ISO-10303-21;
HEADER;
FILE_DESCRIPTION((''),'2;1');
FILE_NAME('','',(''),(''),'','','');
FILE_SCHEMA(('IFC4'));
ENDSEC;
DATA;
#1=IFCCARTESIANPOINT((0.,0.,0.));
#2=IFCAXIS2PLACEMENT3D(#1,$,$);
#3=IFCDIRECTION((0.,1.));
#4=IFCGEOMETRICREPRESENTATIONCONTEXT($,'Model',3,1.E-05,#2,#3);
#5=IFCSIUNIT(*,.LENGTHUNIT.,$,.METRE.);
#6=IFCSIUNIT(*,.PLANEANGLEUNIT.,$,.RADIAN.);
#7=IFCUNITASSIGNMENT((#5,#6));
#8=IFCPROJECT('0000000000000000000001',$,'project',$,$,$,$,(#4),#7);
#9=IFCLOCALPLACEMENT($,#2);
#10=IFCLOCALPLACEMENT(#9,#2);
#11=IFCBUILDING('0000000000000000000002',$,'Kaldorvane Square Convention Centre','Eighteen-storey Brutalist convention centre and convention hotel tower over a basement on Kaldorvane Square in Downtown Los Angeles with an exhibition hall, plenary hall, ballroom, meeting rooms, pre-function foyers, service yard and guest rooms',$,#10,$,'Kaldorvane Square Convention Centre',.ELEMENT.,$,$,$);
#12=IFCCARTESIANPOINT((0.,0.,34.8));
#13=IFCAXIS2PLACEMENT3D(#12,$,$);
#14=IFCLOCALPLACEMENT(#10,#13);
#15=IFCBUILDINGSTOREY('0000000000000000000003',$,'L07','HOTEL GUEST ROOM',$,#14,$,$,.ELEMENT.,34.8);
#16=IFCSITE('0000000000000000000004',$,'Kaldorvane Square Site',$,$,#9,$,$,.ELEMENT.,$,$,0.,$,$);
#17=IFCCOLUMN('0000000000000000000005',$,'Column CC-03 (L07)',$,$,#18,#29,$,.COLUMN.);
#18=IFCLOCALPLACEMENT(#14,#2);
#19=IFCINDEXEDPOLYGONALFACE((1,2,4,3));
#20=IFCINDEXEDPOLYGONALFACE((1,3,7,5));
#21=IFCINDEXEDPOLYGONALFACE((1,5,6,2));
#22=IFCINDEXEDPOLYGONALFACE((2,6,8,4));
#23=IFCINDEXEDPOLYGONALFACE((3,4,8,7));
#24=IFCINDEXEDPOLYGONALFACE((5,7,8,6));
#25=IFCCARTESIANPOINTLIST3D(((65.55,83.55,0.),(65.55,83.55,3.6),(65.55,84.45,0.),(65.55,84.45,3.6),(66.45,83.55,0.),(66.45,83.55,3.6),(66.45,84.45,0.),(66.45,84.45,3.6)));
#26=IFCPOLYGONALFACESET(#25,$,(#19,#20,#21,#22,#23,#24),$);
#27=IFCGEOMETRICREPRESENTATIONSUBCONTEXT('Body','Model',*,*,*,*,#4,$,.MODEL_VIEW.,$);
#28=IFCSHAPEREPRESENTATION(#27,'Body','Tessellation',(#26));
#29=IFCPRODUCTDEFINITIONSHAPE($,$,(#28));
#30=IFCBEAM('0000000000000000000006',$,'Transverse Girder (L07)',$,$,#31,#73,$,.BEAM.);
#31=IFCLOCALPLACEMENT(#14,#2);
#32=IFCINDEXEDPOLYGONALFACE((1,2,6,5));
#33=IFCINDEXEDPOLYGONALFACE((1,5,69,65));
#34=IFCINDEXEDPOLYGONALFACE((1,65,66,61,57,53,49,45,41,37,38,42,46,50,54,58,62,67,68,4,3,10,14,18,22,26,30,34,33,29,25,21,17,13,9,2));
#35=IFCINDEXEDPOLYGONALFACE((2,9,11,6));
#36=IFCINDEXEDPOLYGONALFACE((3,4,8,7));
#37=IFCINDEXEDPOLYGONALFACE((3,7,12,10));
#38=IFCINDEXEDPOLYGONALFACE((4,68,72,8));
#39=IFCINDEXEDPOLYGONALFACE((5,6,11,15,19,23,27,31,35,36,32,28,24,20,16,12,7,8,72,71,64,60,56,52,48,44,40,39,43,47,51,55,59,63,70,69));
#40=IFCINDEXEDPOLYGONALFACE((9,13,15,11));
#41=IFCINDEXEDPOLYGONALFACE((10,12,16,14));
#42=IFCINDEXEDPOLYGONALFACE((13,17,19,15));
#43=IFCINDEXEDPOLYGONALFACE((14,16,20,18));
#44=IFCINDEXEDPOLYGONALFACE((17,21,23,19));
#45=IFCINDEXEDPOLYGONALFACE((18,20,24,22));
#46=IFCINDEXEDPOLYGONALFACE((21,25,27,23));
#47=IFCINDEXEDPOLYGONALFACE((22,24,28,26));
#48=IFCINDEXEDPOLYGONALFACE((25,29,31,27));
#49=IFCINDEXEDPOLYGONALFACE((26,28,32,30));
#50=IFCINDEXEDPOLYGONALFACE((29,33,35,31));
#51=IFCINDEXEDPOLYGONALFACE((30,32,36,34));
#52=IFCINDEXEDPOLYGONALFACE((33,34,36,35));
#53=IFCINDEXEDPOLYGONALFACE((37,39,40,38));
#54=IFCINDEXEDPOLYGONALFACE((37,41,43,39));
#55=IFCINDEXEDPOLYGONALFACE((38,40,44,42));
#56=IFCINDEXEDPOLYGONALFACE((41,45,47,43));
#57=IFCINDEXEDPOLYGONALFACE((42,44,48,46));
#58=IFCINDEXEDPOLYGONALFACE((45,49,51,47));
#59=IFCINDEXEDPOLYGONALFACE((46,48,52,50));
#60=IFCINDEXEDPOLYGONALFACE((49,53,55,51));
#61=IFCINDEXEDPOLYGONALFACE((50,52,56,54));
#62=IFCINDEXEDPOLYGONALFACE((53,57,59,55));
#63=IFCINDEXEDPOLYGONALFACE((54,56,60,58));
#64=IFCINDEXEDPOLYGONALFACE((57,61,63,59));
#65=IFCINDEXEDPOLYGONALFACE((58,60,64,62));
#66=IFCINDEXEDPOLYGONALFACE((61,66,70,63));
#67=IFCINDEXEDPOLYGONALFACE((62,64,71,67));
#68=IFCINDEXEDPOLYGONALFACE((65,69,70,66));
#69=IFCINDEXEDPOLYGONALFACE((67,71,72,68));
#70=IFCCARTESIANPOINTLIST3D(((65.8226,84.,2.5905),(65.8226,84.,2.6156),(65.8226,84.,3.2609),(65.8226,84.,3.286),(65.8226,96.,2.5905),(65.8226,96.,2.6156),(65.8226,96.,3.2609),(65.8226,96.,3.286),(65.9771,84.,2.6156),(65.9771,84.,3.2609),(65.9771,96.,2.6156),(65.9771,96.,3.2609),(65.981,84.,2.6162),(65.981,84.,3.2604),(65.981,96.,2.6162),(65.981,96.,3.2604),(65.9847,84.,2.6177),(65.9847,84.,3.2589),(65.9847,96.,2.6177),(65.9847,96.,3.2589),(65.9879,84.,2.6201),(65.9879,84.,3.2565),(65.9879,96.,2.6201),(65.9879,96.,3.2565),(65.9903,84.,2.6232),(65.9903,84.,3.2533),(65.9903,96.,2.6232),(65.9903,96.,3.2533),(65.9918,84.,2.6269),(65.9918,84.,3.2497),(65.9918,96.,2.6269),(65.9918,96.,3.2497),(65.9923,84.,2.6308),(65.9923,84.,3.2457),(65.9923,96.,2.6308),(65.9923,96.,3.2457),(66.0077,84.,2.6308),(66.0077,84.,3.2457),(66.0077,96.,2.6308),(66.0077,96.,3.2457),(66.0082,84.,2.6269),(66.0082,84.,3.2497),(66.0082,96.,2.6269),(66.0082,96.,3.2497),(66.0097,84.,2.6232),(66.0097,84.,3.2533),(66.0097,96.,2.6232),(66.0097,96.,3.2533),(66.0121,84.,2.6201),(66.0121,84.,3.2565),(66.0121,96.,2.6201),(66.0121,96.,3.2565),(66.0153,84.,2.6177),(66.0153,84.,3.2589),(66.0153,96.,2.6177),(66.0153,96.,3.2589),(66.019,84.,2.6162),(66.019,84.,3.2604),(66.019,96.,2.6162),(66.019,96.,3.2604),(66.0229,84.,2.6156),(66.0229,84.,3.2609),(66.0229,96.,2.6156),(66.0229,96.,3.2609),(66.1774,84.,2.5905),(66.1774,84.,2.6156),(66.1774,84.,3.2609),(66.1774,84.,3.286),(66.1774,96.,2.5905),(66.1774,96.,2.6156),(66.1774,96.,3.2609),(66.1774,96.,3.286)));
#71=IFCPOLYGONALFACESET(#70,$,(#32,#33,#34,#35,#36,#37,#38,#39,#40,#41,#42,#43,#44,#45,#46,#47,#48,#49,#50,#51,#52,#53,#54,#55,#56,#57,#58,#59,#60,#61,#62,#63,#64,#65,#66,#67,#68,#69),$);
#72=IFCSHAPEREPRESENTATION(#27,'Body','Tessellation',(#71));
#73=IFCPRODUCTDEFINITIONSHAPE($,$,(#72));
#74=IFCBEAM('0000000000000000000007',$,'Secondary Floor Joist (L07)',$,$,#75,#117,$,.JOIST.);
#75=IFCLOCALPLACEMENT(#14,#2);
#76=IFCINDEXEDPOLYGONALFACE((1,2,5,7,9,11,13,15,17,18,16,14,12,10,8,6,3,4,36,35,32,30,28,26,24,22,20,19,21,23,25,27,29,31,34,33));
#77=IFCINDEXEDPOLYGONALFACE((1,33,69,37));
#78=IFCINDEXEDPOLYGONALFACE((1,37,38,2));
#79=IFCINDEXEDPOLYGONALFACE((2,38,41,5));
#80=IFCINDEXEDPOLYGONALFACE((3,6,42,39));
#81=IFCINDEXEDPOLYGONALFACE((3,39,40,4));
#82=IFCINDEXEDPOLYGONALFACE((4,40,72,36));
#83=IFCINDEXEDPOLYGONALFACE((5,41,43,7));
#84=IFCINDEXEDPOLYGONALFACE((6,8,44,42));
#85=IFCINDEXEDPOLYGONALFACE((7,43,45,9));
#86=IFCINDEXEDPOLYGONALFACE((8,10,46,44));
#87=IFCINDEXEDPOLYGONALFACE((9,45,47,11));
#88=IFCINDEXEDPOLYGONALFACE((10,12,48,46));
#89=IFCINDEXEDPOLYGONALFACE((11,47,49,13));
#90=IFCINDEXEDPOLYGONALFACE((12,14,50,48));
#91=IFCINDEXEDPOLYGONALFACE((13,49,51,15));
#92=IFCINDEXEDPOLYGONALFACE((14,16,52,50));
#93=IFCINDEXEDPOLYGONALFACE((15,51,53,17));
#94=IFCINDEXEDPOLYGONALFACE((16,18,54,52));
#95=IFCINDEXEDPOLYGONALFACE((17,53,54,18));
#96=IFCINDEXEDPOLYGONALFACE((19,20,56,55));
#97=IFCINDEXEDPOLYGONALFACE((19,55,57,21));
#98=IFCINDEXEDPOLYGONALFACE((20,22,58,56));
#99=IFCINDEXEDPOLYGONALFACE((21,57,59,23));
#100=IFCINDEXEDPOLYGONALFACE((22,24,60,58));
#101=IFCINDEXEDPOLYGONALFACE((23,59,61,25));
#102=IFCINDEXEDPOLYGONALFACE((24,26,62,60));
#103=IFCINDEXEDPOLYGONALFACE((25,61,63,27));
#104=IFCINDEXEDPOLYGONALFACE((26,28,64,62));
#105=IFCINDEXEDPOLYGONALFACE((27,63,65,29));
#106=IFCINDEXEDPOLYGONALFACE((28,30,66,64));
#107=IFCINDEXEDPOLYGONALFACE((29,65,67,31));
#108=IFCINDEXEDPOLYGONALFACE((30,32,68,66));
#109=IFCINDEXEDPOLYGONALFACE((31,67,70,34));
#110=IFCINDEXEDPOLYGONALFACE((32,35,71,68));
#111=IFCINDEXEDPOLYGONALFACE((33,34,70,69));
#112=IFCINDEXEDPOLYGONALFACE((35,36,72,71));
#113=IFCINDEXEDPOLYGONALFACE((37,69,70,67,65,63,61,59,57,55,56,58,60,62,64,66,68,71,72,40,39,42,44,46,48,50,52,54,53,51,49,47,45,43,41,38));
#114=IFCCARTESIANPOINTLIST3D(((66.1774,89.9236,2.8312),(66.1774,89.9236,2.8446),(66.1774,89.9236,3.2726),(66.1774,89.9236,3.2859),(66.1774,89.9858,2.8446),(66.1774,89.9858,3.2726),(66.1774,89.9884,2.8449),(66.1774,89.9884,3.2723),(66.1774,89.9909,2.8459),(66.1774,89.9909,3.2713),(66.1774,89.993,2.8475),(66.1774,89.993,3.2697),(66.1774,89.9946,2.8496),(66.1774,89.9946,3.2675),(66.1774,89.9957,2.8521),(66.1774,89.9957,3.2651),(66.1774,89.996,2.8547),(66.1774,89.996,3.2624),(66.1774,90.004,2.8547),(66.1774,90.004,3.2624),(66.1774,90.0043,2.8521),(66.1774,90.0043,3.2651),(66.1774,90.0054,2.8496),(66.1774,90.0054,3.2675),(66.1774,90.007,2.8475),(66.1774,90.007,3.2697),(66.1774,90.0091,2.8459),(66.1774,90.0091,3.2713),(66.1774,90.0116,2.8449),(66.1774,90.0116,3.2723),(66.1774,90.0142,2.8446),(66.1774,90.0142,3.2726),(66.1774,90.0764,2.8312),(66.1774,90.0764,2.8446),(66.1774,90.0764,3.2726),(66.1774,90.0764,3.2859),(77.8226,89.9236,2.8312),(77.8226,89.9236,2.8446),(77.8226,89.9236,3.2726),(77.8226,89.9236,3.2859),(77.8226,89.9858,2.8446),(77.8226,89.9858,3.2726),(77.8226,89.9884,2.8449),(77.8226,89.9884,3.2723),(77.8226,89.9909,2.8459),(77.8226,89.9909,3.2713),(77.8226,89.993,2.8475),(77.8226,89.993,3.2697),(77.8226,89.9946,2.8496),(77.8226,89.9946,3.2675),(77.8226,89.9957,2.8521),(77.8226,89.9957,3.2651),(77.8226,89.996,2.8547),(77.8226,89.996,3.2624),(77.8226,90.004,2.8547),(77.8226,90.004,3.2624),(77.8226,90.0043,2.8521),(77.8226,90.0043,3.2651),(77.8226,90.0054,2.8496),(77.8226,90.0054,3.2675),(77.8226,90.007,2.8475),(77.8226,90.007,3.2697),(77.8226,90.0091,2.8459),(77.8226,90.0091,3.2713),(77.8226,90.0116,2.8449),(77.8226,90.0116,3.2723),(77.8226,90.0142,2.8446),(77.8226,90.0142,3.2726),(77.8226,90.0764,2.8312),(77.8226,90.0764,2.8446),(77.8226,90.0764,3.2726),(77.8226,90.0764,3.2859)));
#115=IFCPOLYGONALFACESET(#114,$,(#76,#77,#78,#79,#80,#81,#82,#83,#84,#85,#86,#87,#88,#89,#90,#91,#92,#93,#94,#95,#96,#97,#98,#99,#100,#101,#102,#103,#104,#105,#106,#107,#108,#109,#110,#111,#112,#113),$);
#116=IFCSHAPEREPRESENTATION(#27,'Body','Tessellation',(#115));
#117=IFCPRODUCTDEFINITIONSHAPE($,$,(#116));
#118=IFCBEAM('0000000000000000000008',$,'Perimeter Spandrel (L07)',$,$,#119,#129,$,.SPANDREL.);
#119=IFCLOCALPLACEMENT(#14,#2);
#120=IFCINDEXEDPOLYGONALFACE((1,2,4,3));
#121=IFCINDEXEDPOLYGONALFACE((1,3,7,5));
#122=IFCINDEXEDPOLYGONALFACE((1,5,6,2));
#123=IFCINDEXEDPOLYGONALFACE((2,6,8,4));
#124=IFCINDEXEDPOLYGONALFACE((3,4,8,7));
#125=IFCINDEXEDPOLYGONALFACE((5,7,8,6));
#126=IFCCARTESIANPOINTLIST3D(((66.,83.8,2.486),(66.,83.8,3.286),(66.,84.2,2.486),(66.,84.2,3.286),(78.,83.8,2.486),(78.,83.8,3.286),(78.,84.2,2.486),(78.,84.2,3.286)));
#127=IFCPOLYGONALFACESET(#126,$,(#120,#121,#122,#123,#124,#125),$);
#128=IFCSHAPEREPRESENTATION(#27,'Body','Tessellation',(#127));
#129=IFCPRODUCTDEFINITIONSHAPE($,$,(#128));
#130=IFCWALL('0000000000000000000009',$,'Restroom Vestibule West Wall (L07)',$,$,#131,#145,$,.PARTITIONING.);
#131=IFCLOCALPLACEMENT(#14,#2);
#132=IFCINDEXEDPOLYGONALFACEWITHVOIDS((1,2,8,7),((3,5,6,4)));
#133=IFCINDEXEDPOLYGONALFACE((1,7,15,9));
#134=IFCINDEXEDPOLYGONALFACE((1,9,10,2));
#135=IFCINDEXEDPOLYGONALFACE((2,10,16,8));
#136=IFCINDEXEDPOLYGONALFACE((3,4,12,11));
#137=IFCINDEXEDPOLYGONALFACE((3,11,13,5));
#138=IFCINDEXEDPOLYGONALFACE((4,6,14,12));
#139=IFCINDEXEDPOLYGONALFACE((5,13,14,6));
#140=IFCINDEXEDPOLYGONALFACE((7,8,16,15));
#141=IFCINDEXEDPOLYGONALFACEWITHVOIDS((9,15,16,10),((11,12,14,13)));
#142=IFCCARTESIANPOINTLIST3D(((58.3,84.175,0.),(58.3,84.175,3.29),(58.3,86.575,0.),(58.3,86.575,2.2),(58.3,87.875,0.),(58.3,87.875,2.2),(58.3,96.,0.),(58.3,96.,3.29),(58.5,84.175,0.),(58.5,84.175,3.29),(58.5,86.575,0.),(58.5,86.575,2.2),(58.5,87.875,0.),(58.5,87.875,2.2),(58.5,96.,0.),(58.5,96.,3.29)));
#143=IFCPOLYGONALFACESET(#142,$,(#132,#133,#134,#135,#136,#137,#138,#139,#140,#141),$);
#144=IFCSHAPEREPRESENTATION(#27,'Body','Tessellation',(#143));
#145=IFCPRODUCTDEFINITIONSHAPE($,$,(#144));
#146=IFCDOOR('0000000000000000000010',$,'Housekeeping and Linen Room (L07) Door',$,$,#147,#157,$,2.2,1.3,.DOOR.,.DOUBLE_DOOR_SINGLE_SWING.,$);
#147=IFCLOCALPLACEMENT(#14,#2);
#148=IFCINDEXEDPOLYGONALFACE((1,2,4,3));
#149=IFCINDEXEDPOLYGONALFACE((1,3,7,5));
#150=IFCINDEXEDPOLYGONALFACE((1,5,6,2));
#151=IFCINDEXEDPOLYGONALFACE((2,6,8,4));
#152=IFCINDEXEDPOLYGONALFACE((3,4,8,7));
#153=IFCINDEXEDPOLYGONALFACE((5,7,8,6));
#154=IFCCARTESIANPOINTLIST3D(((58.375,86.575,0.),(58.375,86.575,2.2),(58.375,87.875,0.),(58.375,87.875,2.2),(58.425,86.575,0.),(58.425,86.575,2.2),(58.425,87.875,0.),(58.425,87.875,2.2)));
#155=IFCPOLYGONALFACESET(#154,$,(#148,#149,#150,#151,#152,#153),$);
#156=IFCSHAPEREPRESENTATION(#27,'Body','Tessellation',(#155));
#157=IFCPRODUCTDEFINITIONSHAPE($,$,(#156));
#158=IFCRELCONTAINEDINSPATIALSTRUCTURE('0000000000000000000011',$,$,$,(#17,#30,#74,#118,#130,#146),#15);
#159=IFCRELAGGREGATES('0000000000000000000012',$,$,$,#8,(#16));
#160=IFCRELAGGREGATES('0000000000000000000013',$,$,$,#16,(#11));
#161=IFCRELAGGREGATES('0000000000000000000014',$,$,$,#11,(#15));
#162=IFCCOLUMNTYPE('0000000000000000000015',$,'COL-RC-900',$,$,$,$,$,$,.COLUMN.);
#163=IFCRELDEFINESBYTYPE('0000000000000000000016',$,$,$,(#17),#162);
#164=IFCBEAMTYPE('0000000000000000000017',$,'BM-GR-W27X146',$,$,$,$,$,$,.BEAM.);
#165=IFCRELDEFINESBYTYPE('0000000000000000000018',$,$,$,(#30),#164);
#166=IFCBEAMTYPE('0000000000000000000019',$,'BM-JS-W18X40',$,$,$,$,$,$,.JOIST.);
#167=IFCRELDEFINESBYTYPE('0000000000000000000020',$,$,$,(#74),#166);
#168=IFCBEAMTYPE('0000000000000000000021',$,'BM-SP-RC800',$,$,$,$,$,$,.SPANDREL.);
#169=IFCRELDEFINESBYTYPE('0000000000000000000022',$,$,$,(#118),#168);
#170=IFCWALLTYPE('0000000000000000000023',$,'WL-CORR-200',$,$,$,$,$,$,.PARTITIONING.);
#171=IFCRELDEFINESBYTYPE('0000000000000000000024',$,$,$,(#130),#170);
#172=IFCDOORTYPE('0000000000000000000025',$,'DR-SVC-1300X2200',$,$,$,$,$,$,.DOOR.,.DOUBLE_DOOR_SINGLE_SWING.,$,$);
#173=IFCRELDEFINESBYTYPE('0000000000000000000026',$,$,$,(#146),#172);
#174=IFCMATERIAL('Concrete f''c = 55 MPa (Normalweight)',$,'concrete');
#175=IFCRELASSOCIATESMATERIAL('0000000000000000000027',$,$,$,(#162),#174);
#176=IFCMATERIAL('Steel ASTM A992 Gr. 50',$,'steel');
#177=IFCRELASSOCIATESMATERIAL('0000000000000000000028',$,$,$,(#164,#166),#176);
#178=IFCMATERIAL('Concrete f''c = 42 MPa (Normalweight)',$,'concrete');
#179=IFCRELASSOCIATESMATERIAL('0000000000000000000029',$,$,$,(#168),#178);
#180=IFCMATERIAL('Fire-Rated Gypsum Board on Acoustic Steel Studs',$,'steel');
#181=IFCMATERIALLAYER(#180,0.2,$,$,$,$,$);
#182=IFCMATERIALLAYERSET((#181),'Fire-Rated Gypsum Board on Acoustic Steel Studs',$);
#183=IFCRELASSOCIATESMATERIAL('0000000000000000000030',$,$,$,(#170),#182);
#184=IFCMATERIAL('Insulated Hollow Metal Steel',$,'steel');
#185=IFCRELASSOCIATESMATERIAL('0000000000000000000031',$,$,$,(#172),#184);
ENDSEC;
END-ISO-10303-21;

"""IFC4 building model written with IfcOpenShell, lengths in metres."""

from ifc_helpers import new_model, si_unit, direction, frame, frame_2d, origin, origin_2d, place, context, subcontext, project, spatial, rectangle, i_section, extrude, material, layer, layer_set, material_profile, profile_set, type_object, element, fill, save


model = new_model("IFC4")

# Units and contexts
model_context = context("Model", 3, precision=1e-05, world=origin(), true_north=direction((0.0, 1.0)))
body_context = subcontext(model_context, "Body", "Model", "MODEL_VIEW")
ifc_project = project(units=[si_unit("LENGTHUNIT", "METRE"), si_unit("PLANEANGLEUNIT", "RADIAN")], contexts=[model_context])

# Site, building, storey
site_placement = place(None, origin())
site = spatial("IfcSite", under=ifc_project, at=site_placement, Name="Kaldorvane Square Site", CompositionType="ELEMENT", RefElevation=0.0)
building_placement = place(site_placement, origin())
building = spatial("IfcBuilding", under=site, at=building_placement, Name="Kaldorvane Square Convention Centre", Description="Eighteen-storey Brutalist convention centre and convention hotel tower over a basement on Kaldorvane Square in Downtown Los Angeles with an exhibition hall, plenary hall, ballroom, meeting rooms, pre-function foyers, service yard and guest rooms", LongName="Kaldorvane Square Convention Centre", CompositionType="ELEMENT")
storey_placement = place(building_placement, frame((0.0, 0.0, 34.8)))
storey = spatial("IfcBuildingStorey", under=building, at=storey_placement, Name="L07", Description="HOTEL GUEST ROOM", CompositionType="ELEMENT", Elevation=34.8)

# Column
ifc_material_1 = material(Name="Concrete f'c = 55 MPa (Normalweight)", Category="concrete")
ifc_material_profile_1 = material_profile(ifc_material_1, rectangle(XDim=0.9, YDim=0.9, at=origin_2d()), Name="RC900X900")
ifc_profile_set_1 = profile_set([ifc_material_profile_1], Name="Concrete f'c = 55 MPa (Normalweight)")
column_type = type_object("IfcColumnType", Name="COL-RC-900", PredefinedType="COLUMN", material=ifc_profile_set_1)
column_placement = place(storey_placement, frame((66.0, 84.0, 0.0), z_axis=(0.0, 0.0, 1.0), x_axis=(1.0, 0.0, 0.0)))
element("IfcColumn", 1, at=column_placement, inside=storey, type_object=column_type, Name="Column CC-03 (L07)", PredefinedType="COLUMN", context=body_context, shape_type="SweptSolid", body=[
    extrude(rectangle(XDim=0.9, YDim=0.9, at=origin_2d()), origin(), (0.0, 0.0, 1.0), 3.6),
])

# Beams
ifc_material_2 = material(Name="Steel ASTM A992 Gr. 50", Category="steel")
ifc_material_profile_2 = material_profile(ifc_material_2, i_section(OverallWidth=0.3547, OverallDepth=0.6955, WebThickness=0.0154, FlangeThickness=0.0251, FilletRadius=0.0152, at=origin_2d()), Name="W27X146")
ifc_profile_set_2 = profile_set([ifc_material_profile_2], Name="Steel ASTM A992 Gr. 50")
beam_type_1 = type_object("IfcBeamType", Name="BM-GR-W27X146", PredefinedType="BEAM", material=ifc_profile_set_2)
beam_1_placement = place(storey_placement, frame((66.0, 84.0, 2.9383), z_axis=(0.0, 1.0, 0.0), x_axis=(-1.0, 0.0, 0.0)))
element("IfcBeam", 2, at=beam_1_placement, inside=storey, type_object=beam_type_1, Name="Transverse Girder (L07)", PredefinedType="BEAM", context=body_context, shape_type="SweptSolid", body=[
    extrude(i_section(OverallWidth=0.3547, OverallDepth=0.6955, WebThickness=0.0154, FlangeThickness=0.0251, FilletRadius=0.0152, at=origin_2d()), origin(), (0.0, 0.0, 1.0), 12.0),
])
ifc_material_profile_3 = material_profile(ifc_material_2, i_section(OverallWidth=0.1528, OverallDepth=0.4547, WebThickness=0.008, FlangeThickness=0.0133, FilletRadius=0.0102, at=origin_2d()), Name="W18X40")
ifc_profile_set_3 = profile_set([ifc_material_profile_3], Name="Steel ASTM A992 Gr. 50")
beam_type_2 = type_object("IfcBeamType", Name="BM-JS-W18X40", PredefinedType="JOIST", material=ifc_profile_set_3)
beam_2_placement = place(storey_placement, frame((66.1774, 90.0, 3.0586), z_axis=(1.0, 0.0, 0.0), x_axis=(0.0, 1.0, 0.0)))
element("IfcBeam", 3, at=beam_2_placement, inside=storey, type_object=beam_type_2, Name="Secondary Floor Joist (L07)", PredefinedType="JOIST", context=body_context, shape_type="SweptSolid", body=[
    extrude(i_section(OverallWidth=0.1528, OverallDepth=0.4547, WebThickness=0.008, FlangeThickness=0.0133, FilletRadius=0.0102, at=origin_2d()), origin(), (0.0, 0.0, 1.0), 11.6452),
])
ifc_material_3 = material(Name="Concrete f'c = 42 MPa (Normalweight)", Category="concrete")
ifc_material_profile_4 = material_profile(ifc_material_3, rectangle(XDim=0.4, YDim=0.8, at=origin_2d()), Name="RCSP800X400")
ifc_profile_set_4 = profile_set([ifc_material_profile_4], Name="Concrete f'c = 42 MPa (Normalweight)")
beam_type_3 = type_object("IfcBeamType", Name="BM-SP-RC800", PredefinedType="SPANDREL", material=ifc_profile_set_4)
beam_3_placement = place(storey_placement, frame((66.0, 84.0, 2.886), z_axis=(1.0, 0.0, 0.0), x_axis=(0.0, 1.0, 0.0)))
element("IfcBeam", 4, at=beam_3_placement, inside=storey, type_object=beam_type_3, Name="Perimeter Spandrel (L07)", PredefinedType="SPANDREL", context=body_context, shape_type="SweptSolid", body=[
    extrude(rectangle(XDim=0.4, YDim=0.8, at=origin_2d()), origin(), (0.0, 0.0, 1.0), 12.0),
])

# Wall, opening, door
ifc_material_4 = material(Name="Fire-Rated Gypsum Board on Acoustic Steel Studs", Category="steel")
ifc_layer_1 = layer(ifc_material_4, 0.2)
ifc_layer_set_1 = layer_set([ifc_layer_1], Name="Fire-Rated Gypsum Board on Acoustic Steel Studs")
wall_type_1 = type_object("IfcWallType", Name="WL-CORR-200", PredefinedType="PARTITIONING", material=ifc_layer_set_1)
wall_1_placement = place(storey_placement, frame((58.4, 84.175, 0.0), z_axis=(0.0, 0.0, 1.0), x_axis=(0.0, 1.0, 0.0)))
wall_1 = element("IfcWall", 5, at=wall_1_placement, inside=storey, type_object=wall_type_1, Name="Restroom Vestibule West Wall (L07)", PredefinedType="PARTITIONING", context=body_context, shape_type="SweptSolid", body=[
    extrude(rectangle(XDim=11.825, YDim=0.2, at=frame_2d((5.9125, 0.0))), origin(), (0.0, 0.0, 1.0), 3.29),
])
opening_1_placement = place(wall_1_placement, frame((2.4, 0.0, 0.0)))
opening_1 = element("IfcOpeningElement", 6, at=opening_1_placement, cuts=wall_1, PredefinedType="OPENING", context=body_context, shape_type="SweptSolid", body=[
    extrude(rectangle(XDim=1.3, YDim=2.2, at=frame_2d((0.65, 1.1))), frame((0.0, 0.115, 0.0), z_axis=(0.0, -1.0, 0.0), x_axis=(1.0, 0.0, 0.0)), (0.0, 0.0, 1.0), 0.23),
])
ifc_material_5 = material(Name="Insulated Hollow Metal Steel", Category="steel")
door_type_1 = type_object("IfcDoorType", Name="DR-SVC-1300X2200", OperationType="DOUBLE_DOOR_SINGLE_SWING", PredefinedType="DOOR", material=ifc_material_5)
door_1_placement = place(opening_1_placement, origin())
door_1 = element("IfcDoor", 7, at=door_1_placement, inside=storey, type_object=door_type_1, Name="Housekeeping and Linen Room (L07) Door", OperationType="DOUBLE_DOOR_SINGLE_SWING", OverallHeight=2.2, OverallWidth=1.3, PredefinedType="DOOR", context=body_context, shape_type="SweptSolid", body=[
    extrude(rectangle(XDim=1.3, YDim=2.2, at=frame_2d((0.65, 1.1))), frame((0.0, 0.025, 0.0), z_axis=(0.0, -1.0, 0.0), x_axis=(1.0, 0.0, 0.0)), (0.0, 0.0, 1.0), 0.05),
])
fill(opening_1, door_1)

save(model, "model.ifc")
